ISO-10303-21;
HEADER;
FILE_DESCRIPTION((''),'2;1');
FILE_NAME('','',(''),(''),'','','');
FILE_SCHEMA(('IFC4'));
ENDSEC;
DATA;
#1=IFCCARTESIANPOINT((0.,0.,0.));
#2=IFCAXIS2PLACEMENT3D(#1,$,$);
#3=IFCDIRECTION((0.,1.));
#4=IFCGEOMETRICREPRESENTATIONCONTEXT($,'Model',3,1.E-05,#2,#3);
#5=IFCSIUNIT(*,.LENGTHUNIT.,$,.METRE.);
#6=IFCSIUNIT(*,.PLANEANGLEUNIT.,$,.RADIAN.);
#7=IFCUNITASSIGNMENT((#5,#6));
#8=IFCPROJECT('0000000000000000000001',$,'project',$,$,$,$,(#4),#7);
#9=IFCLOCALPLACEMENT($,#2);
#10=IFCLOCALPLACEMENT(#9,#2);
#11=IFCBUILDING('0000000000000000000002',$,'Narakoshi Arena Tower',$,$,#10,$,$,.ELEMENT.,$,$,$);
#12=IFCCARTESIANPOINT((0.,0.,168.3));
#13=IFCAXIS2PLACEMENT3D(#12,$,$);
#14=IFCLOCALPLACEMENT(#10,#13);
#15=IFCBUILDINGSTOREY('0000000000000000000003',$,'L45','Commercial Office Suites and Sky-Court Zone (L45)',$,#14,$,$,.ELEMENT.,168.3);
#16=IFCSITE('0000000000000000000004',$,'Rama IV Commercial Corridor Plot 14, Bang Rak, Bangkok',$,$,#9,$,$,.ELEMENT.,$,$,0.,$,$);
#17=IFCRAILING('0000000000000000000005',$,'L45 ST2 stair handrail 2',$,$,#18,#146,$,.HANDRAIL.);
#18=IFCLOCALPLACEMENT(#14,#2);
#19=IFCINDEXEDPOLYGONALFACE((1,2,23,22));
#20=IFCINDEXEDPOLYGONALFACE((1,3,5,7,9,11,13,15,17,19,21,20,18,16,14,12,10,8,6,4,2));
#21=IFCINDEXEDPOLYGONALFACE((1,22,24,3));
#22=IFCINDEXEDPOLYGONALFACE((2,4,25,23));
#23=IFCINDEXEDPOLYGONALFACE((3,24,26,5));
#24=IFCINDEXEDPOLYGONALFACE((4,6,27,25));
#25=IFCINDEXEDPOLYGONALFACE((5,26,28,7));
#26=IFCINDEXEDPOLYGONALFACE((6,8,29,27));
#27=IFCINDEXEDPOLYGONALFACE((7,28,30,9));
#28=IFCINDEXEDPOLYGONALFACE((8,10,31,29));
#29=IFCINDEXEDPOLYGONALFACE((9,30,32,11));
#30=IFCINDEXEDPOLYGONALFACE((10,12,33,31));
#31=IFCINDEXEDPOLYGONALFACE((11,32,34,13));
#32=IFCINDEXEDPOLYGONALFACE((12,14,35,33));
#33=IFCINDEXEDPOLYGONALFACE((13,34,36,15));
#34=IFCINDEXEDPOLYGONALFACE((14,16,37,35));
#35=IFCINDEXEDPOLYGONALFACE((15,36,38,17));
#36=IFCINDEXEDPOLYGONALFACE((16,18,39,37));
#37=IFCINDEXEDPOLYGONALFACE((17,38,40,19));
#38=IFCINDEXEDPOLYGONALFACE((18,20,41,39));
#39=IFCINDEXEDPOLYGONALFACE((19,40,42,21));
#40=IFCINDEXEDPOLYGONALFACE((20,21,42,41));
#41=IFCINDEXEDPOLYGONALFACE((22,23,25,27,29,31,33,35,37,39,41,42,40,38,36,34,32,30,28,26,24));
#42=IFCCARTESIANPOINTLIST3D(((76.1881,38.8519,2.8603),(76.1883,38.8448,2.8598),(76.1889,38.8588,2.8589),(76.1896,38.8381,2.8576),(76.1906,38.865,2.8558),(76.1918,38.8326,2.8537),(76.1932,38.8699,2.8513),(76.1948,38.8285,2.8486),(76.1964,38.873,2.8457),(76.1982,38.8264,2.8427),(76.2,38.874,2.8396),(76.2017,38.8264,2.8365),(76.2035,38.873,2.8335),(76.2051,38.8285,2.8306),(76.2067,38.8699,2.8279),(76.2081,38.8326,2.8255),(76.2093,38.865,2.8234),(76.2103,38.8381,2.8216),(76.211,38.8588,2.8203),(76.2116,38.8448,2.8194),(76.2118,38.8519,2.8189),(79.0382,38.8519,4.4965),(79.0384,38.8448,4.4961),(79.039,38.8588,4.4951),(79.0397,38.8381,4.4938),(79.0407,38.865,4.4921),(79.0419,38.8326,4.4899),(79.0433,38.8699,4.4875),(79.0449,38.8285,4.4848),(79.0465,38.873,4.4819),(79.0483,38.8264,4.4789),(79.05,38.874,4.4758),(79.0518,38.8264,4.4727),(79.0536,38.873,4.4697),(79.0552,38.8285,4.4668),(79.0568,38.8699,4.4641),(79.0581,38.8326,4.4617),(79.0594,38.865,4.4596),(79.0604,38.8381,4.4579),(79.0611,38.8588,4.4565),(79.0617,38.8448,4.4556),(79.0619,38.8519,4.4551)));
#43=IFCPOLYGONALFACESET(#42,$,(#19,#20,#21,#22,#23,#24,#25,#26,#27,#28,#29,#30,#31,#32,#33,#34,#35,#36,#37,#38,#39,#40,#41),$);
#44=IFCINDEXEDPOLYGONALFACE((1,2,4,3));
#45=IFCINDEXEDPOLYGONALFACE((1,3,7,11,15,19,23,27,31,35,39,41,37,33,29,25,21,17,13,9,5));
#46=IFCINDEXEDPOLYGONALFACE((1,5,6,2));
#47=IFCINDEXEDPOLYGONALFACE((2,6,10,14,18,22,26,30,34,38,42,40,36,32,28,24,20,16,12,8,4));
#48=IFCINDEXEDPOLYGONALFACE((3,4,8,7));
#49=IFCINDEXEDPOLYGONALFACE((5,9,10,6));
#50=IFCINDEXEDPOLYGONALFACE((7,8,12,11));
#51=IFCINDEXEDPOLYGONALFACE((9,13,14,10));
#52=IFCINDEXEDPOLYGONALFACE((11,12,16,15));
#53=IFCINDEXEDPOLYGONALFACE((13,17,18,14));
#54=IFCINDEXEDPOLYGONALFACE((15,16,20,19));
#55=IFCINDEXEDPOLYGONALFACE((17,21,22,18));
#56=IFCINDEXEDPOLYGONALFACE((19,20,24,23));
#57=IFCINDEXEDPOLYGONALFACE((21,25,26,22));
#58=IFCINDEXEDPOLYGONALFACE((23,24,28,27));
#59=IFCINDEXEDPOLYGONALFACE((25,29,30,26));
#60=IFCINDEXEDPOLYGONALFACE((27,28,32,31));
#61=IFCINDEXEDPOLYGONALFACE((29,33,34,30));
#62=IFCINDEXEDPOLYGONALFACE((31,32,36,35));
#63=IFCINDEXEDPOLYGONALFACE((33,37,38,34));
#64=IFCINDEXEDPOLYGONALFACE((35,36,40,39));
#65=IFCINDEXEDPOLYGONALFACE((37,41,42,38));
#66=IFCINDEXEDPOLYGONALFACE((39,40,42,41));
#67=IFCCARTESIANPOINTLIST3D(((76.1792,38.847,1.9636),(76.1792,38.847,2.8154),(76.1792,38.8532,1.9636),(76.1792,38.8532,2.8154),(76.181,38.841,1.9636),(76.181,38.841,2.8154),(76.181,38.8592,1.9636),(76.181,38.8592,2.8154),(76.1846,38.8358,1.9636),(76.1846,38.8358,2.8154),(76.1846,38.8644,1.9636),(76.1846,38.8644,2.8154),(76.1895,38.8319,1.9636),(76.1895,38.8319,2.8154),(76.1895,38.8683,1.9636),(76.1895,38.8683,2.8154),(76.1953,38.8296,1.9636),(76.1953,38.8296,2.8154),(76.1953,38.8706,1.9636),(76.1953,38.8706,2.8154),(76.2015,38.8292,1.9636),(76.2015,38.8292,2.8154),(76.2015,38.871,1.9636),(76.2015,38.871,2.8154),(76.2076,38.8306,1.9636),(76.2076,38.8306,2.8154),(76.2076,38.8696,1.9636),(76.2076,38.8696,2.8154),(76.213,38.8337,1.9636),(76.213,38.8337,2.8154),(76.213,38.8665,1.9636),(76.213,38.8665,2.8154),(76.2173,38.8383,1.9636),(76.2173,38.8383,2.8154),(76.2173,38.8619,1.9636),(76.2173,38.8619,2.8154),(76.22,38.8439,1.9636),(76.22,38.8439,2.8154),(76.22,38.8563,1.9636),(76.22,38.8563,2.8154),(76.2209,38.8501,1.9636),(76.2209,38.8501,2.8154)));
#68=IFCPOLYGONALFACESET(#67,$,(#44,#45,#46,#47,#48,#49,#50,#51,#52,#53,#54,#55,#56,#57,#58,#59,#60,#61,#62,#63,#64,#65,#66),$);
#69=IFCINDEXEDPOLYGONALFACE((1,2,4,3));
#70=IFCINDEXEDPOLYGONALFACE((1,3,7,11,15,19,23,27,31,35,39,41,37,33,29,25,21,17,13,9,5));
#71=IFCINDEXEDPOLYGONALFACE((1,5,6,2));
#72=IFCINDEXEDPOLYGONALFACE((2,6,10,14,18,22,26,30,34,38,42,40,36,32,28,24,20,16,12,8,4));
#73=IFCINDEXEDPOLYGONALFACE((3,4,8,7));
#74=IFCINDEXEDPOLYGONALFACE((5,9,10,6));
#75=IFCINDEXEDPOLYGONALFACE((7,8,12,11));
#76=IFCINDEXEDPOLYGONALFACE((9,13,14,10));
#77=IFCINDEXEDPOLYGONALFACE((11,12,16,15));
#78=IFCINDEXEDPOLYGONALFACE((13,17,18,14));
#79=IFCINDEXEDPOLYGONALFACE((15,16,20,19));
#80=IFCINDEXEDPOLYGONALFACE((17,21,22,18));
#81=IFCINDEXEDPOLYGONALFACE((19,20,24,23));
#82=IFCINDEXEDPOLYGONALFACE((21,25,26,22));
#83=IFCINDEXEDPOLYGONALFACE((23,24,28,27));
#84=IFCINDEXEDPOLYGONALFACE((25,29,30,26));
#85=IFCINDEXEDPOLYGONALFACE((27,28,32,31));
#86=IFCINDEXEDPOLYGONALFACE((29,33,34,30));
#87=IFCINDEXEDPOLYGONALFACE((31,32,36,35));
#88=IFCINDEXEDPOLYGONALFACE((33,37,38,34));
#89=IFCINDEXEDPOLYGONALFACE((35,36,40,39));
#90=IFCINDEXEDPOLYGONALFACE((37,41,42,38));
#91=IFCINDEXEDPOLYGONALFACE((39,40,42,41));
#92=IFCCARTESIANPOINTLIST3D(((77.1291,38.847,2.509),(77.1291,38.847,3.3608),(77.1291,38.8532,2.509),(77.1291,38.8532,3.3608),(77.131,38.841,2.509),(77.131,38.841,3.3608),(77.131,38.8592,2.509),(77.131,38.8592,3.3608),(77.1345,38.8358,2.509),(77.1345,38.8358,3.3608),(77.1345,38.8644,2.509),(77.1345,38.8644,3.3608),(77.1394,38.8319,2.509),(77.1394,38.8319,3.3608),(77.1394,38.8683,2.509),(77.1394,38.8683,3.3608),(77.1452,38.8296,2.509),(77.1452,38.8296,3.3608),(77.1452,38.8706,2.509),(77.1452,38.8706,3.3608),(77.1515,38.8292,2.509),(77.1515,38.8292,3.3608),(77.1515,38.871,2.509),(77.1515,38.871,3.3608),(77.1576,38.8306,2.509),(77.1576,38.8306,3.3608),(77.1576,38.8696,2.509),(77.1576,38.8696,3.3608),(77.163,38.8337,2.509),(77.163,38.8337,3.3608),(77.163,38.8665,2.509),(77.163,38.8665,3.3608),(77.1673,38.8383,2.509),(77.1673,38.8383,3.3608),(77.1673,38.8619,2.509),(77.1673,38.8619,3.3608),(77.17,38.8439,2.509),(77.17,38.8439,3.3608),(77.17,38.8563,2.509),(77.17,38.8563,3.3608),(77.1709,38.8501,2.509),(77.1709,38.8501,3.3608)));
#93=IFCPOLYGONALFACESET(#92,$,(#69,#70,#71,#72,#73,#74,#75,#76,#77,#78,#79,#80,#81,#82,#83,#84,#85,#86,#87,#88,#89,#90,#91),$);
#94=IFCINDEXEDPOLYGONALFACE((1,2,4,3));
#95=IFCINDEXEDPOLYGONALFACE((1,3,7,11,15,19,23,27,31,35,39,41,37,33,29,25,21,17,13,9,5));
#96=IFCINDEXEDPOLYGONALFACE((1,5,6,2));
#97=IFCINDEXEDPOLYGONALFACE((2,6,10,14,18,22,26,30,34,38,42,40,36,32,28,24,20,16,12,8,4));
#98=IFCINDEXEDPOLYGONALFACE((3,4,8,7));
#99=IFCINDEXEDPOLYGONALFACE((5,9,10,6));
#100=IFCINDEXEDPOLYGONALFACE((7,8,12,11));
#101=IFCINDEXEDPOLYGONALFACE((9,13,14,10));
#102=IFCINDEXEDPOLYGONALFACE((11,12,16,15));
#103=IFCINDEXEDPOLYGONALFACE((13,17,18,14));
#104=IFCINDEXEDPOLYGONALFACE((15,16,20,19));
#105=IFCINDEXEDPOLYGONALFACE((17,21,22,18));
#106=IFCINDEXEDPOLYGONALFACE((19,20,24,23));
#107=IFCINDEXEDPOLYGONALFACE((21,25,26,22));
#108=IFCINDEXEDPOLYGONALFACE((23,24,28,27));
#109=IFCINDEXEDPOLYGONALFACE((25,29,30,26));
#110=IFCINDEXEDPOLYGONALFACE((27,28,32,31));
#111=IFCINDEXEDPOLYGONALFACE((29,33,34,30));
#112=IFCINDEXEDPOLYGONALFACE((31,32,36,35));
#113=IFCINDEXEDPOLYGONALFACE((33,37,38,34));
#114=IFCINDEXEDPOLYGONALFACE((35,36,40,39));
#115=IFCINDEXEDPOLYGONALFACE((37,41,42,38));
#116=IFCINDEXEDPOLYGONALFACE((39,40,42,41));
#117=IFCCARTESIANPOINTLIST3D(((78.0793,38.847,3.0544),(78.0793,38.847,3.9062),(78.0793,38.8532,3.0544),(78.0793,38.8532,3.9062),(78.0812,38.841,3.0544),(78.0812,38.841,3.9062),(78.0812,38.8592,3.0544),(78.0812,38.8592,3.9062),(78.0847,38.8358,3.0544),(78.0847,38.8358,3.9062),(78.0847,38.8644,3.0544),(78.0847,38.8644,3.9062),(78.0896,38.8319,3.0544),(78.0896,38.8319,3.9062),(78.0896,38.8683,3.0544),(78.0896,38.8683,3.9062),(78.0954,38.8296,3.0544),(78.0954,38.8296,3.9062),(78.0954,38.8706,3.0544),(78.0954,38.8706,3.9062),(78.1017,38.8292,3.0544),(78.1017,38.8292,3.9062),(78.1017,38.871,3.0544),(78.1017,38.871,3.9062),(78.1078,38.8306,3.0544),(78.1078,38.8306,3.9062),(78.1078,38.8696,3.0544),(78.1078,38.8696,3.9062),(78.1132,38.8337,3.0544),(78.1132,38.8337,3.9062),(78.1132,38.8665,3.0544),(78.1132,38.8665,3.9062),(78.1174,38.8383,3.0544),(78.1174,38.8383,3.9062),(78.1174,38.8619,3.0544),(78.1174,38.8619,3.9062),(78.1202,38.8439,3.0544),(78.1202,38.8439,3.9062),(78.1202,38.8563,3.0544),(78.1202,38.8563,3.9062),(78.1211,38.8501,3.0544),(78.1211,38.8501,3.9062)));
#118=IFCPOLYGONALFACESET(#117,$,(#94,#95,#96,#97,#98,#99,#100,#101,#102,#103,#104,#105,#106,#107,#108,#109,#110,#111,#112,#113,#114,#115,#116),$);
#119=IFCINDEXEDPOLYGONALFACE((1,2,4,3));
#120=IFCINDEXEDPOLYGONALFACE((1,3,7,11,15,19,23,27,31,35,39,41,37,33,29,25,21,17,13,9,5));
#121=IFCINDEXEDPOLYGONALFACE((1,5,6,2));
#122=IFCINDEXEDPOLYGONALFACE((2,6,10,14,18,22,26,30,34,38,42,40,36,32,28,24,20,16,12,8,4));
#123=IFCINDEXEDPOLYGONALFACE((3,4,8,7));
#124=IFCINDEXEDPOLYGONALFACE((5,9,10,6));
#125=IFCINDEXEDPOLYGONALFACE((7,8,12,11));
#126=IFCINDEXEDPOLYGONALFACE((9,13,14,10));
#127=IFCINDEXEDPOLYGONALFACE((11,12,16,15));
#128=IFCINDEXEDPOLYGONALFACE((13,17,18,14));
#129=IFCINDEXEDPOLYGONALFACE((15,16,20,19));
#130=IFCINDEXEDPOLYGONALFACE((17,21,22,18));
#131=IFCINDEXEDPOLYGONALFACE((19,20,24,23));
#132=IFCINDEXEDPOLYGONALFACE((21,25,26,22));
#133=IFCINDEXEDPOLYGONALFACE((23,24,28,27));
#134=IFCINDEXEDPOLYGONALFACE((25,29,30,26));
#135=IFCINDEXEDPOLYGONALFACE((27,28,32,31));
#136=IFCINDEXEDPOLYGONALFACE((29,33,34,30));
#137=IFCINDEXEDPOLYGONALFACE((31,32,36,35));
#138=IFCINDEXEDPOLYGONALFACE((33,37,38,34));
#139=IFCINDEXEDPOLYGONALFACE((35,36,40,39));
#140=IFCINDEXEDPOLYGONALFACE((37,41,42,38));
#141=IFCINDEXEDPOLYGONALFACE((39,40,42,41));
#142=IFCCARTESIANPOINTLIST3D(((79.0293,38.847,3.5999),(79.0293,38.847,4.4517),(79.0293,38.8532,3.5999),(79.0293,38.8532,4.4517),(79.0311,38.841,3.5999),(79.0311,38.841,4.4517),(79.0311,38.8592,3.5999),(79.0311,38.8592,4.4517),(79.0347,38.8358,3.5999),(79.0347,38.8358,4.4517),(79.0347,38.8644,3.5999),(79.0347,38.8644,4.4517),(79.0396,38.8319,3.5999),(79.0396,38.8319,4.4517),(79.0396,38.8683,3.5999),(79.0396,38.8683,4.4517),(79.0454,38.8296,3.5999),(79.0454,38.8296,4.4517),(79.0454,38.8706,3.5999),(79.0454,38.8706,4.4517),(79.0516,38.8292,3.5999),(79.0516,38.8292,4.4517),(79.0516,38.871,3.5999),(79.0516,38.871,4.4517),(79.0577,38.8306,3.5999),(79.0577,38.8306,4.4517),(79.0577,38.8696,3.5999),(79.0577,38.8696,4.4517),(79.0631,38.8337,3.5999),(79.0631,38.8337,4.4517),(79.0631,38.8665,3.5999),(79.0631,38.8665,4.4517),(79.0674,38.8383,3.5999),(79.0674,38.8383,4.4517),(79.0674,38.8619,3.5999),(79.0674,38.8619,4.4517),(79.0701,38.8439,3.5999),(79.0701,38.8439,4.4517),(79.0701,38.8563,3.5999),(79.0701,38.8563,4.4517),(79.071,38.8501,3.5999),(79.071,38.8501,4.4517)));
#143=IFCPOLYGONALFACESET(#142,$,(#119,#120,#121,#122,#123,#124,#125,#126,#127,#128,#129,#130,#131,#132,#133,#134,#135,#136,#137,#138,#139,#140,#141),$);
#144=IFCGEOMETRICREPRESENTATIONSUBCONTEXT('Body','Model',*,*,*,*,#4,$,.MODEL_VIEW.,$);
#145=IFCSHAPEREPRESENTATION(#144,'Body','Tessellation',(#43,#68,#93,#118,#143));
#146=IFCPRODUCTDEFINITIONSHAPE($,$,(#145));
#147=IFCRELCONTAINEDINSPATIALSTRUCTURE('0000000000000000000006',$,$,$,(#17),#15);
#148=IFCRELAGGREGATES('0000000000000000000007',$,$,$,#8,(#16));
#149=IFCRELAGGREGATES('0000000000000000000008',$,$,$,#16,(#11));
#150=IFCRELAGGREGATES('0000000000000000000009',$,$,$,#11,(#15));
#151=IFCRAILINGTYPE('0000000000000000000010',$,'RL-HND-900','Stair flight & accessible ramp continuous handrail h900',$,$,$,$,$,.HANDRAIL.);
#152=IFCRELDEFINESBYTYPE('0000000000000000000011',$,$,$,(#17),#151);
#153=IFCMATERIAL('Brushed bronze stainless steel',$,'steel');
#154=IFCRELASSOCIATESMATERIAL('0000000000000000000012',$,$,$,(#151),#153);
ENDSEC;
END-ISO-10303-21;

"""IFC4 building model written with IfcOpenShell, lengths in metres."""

from ifc_helpers import new_model, si_unit, direction, frame, origin, origin_2d, place, context, subcontext, project, spatial, circle, extrude, material, type_object, element, save


model = new_model("IFC4")

# Units and contexts
model_context = context("Model", 3, precision=1e-05, world=origin(), true_north=direction((0.0, 1.0)))
body_context = subcontext(model_context, "Body", "Model", "MODEL_VIEW")
ifc_project = project(units=[si_unit("LENGTHUNIT", "METRE"), si_unit("PLANEANGLEUNIT", "RADIAN")], contexts=[model_context])

# Site, building, storey
site_placement = place(None, origin())
site = spatial("IfcSite", under=ifc_project, at=site_placement, Name="Rama IV Commercial Corridor Plot 14, Bang Rak, Bangkok", CompositionType="ELEMENT", RefElevation=0.0)
building_placement = place(site_placement, origin())
building = spatial("IfcBuilding", under=site, at=building_placement, Name="Narakoshi Arena Tower", CompositionType="ELEMENT")
storey_placement = place(building_placement, frame((0.0, 0.0, 168.3)))
storey = spatial("IfcBuildingStorey", under=building, at=storey_placement, Name="L45", Description="Commercial Office Suites and Sky-Court Zone (L45)", CompositionType="ELEMENT", Elevation=168.3)

# Railing
ifc_material_1 = material(Name="Brushed bronze stainless steel", Category="steel")
railing_type_1 = type_object("IfcRailingType", Name="RL-HND-900", Description="Stair flight & accessible ramp continuous handrail h900", PredefinedType="HANDRAIL", material=ifc_material_1)
railing_1_placement = place(storey_placement, frame((76.2, 38.8501, 1.9636)))
element("IfcRailing", 1, at=railing_1_placement, inside=storey, type_object=railing_type_1, Name="L45 ST2 stair handrail 2", PredefinedType="HANDRAIL", context=body_context, shape_type="SweptSolid", body=[
    extrude(circle(Radius=0.0239, at=origin_2d()), frame((0.0, 0.0, 0.876), z_axis=(0.867245, 0.0, 0.497882), x_axis=(0.0, 1.0, 0.0)), (0.0, 0.0, 1.0), 3.2864),
    extrude(circle(Radius=0.021, at=origin_2d()), origin(), (0.0, 0.0, 1.0), 0.8518),
    extrude(circle(Radius=0.021, at=origin_2d()), frame((0.95, 0.0, 0.5454)), (0.0, 0.0, 1.0), 0.8518),
    extrude(circle(Radius=0.021, at=origin_2d()), frame((1.9001, 0.0, 1.0908)), (0.0, 0.0, 1.0), 0.8518),
    extrude(circle(Radius=0.021, at=origin_2d()), frame((2.8501, 0.0, 1.6362)), (0.0, 0.0, 1.0), 0.8518),
])

save(model, "model.ifc")
